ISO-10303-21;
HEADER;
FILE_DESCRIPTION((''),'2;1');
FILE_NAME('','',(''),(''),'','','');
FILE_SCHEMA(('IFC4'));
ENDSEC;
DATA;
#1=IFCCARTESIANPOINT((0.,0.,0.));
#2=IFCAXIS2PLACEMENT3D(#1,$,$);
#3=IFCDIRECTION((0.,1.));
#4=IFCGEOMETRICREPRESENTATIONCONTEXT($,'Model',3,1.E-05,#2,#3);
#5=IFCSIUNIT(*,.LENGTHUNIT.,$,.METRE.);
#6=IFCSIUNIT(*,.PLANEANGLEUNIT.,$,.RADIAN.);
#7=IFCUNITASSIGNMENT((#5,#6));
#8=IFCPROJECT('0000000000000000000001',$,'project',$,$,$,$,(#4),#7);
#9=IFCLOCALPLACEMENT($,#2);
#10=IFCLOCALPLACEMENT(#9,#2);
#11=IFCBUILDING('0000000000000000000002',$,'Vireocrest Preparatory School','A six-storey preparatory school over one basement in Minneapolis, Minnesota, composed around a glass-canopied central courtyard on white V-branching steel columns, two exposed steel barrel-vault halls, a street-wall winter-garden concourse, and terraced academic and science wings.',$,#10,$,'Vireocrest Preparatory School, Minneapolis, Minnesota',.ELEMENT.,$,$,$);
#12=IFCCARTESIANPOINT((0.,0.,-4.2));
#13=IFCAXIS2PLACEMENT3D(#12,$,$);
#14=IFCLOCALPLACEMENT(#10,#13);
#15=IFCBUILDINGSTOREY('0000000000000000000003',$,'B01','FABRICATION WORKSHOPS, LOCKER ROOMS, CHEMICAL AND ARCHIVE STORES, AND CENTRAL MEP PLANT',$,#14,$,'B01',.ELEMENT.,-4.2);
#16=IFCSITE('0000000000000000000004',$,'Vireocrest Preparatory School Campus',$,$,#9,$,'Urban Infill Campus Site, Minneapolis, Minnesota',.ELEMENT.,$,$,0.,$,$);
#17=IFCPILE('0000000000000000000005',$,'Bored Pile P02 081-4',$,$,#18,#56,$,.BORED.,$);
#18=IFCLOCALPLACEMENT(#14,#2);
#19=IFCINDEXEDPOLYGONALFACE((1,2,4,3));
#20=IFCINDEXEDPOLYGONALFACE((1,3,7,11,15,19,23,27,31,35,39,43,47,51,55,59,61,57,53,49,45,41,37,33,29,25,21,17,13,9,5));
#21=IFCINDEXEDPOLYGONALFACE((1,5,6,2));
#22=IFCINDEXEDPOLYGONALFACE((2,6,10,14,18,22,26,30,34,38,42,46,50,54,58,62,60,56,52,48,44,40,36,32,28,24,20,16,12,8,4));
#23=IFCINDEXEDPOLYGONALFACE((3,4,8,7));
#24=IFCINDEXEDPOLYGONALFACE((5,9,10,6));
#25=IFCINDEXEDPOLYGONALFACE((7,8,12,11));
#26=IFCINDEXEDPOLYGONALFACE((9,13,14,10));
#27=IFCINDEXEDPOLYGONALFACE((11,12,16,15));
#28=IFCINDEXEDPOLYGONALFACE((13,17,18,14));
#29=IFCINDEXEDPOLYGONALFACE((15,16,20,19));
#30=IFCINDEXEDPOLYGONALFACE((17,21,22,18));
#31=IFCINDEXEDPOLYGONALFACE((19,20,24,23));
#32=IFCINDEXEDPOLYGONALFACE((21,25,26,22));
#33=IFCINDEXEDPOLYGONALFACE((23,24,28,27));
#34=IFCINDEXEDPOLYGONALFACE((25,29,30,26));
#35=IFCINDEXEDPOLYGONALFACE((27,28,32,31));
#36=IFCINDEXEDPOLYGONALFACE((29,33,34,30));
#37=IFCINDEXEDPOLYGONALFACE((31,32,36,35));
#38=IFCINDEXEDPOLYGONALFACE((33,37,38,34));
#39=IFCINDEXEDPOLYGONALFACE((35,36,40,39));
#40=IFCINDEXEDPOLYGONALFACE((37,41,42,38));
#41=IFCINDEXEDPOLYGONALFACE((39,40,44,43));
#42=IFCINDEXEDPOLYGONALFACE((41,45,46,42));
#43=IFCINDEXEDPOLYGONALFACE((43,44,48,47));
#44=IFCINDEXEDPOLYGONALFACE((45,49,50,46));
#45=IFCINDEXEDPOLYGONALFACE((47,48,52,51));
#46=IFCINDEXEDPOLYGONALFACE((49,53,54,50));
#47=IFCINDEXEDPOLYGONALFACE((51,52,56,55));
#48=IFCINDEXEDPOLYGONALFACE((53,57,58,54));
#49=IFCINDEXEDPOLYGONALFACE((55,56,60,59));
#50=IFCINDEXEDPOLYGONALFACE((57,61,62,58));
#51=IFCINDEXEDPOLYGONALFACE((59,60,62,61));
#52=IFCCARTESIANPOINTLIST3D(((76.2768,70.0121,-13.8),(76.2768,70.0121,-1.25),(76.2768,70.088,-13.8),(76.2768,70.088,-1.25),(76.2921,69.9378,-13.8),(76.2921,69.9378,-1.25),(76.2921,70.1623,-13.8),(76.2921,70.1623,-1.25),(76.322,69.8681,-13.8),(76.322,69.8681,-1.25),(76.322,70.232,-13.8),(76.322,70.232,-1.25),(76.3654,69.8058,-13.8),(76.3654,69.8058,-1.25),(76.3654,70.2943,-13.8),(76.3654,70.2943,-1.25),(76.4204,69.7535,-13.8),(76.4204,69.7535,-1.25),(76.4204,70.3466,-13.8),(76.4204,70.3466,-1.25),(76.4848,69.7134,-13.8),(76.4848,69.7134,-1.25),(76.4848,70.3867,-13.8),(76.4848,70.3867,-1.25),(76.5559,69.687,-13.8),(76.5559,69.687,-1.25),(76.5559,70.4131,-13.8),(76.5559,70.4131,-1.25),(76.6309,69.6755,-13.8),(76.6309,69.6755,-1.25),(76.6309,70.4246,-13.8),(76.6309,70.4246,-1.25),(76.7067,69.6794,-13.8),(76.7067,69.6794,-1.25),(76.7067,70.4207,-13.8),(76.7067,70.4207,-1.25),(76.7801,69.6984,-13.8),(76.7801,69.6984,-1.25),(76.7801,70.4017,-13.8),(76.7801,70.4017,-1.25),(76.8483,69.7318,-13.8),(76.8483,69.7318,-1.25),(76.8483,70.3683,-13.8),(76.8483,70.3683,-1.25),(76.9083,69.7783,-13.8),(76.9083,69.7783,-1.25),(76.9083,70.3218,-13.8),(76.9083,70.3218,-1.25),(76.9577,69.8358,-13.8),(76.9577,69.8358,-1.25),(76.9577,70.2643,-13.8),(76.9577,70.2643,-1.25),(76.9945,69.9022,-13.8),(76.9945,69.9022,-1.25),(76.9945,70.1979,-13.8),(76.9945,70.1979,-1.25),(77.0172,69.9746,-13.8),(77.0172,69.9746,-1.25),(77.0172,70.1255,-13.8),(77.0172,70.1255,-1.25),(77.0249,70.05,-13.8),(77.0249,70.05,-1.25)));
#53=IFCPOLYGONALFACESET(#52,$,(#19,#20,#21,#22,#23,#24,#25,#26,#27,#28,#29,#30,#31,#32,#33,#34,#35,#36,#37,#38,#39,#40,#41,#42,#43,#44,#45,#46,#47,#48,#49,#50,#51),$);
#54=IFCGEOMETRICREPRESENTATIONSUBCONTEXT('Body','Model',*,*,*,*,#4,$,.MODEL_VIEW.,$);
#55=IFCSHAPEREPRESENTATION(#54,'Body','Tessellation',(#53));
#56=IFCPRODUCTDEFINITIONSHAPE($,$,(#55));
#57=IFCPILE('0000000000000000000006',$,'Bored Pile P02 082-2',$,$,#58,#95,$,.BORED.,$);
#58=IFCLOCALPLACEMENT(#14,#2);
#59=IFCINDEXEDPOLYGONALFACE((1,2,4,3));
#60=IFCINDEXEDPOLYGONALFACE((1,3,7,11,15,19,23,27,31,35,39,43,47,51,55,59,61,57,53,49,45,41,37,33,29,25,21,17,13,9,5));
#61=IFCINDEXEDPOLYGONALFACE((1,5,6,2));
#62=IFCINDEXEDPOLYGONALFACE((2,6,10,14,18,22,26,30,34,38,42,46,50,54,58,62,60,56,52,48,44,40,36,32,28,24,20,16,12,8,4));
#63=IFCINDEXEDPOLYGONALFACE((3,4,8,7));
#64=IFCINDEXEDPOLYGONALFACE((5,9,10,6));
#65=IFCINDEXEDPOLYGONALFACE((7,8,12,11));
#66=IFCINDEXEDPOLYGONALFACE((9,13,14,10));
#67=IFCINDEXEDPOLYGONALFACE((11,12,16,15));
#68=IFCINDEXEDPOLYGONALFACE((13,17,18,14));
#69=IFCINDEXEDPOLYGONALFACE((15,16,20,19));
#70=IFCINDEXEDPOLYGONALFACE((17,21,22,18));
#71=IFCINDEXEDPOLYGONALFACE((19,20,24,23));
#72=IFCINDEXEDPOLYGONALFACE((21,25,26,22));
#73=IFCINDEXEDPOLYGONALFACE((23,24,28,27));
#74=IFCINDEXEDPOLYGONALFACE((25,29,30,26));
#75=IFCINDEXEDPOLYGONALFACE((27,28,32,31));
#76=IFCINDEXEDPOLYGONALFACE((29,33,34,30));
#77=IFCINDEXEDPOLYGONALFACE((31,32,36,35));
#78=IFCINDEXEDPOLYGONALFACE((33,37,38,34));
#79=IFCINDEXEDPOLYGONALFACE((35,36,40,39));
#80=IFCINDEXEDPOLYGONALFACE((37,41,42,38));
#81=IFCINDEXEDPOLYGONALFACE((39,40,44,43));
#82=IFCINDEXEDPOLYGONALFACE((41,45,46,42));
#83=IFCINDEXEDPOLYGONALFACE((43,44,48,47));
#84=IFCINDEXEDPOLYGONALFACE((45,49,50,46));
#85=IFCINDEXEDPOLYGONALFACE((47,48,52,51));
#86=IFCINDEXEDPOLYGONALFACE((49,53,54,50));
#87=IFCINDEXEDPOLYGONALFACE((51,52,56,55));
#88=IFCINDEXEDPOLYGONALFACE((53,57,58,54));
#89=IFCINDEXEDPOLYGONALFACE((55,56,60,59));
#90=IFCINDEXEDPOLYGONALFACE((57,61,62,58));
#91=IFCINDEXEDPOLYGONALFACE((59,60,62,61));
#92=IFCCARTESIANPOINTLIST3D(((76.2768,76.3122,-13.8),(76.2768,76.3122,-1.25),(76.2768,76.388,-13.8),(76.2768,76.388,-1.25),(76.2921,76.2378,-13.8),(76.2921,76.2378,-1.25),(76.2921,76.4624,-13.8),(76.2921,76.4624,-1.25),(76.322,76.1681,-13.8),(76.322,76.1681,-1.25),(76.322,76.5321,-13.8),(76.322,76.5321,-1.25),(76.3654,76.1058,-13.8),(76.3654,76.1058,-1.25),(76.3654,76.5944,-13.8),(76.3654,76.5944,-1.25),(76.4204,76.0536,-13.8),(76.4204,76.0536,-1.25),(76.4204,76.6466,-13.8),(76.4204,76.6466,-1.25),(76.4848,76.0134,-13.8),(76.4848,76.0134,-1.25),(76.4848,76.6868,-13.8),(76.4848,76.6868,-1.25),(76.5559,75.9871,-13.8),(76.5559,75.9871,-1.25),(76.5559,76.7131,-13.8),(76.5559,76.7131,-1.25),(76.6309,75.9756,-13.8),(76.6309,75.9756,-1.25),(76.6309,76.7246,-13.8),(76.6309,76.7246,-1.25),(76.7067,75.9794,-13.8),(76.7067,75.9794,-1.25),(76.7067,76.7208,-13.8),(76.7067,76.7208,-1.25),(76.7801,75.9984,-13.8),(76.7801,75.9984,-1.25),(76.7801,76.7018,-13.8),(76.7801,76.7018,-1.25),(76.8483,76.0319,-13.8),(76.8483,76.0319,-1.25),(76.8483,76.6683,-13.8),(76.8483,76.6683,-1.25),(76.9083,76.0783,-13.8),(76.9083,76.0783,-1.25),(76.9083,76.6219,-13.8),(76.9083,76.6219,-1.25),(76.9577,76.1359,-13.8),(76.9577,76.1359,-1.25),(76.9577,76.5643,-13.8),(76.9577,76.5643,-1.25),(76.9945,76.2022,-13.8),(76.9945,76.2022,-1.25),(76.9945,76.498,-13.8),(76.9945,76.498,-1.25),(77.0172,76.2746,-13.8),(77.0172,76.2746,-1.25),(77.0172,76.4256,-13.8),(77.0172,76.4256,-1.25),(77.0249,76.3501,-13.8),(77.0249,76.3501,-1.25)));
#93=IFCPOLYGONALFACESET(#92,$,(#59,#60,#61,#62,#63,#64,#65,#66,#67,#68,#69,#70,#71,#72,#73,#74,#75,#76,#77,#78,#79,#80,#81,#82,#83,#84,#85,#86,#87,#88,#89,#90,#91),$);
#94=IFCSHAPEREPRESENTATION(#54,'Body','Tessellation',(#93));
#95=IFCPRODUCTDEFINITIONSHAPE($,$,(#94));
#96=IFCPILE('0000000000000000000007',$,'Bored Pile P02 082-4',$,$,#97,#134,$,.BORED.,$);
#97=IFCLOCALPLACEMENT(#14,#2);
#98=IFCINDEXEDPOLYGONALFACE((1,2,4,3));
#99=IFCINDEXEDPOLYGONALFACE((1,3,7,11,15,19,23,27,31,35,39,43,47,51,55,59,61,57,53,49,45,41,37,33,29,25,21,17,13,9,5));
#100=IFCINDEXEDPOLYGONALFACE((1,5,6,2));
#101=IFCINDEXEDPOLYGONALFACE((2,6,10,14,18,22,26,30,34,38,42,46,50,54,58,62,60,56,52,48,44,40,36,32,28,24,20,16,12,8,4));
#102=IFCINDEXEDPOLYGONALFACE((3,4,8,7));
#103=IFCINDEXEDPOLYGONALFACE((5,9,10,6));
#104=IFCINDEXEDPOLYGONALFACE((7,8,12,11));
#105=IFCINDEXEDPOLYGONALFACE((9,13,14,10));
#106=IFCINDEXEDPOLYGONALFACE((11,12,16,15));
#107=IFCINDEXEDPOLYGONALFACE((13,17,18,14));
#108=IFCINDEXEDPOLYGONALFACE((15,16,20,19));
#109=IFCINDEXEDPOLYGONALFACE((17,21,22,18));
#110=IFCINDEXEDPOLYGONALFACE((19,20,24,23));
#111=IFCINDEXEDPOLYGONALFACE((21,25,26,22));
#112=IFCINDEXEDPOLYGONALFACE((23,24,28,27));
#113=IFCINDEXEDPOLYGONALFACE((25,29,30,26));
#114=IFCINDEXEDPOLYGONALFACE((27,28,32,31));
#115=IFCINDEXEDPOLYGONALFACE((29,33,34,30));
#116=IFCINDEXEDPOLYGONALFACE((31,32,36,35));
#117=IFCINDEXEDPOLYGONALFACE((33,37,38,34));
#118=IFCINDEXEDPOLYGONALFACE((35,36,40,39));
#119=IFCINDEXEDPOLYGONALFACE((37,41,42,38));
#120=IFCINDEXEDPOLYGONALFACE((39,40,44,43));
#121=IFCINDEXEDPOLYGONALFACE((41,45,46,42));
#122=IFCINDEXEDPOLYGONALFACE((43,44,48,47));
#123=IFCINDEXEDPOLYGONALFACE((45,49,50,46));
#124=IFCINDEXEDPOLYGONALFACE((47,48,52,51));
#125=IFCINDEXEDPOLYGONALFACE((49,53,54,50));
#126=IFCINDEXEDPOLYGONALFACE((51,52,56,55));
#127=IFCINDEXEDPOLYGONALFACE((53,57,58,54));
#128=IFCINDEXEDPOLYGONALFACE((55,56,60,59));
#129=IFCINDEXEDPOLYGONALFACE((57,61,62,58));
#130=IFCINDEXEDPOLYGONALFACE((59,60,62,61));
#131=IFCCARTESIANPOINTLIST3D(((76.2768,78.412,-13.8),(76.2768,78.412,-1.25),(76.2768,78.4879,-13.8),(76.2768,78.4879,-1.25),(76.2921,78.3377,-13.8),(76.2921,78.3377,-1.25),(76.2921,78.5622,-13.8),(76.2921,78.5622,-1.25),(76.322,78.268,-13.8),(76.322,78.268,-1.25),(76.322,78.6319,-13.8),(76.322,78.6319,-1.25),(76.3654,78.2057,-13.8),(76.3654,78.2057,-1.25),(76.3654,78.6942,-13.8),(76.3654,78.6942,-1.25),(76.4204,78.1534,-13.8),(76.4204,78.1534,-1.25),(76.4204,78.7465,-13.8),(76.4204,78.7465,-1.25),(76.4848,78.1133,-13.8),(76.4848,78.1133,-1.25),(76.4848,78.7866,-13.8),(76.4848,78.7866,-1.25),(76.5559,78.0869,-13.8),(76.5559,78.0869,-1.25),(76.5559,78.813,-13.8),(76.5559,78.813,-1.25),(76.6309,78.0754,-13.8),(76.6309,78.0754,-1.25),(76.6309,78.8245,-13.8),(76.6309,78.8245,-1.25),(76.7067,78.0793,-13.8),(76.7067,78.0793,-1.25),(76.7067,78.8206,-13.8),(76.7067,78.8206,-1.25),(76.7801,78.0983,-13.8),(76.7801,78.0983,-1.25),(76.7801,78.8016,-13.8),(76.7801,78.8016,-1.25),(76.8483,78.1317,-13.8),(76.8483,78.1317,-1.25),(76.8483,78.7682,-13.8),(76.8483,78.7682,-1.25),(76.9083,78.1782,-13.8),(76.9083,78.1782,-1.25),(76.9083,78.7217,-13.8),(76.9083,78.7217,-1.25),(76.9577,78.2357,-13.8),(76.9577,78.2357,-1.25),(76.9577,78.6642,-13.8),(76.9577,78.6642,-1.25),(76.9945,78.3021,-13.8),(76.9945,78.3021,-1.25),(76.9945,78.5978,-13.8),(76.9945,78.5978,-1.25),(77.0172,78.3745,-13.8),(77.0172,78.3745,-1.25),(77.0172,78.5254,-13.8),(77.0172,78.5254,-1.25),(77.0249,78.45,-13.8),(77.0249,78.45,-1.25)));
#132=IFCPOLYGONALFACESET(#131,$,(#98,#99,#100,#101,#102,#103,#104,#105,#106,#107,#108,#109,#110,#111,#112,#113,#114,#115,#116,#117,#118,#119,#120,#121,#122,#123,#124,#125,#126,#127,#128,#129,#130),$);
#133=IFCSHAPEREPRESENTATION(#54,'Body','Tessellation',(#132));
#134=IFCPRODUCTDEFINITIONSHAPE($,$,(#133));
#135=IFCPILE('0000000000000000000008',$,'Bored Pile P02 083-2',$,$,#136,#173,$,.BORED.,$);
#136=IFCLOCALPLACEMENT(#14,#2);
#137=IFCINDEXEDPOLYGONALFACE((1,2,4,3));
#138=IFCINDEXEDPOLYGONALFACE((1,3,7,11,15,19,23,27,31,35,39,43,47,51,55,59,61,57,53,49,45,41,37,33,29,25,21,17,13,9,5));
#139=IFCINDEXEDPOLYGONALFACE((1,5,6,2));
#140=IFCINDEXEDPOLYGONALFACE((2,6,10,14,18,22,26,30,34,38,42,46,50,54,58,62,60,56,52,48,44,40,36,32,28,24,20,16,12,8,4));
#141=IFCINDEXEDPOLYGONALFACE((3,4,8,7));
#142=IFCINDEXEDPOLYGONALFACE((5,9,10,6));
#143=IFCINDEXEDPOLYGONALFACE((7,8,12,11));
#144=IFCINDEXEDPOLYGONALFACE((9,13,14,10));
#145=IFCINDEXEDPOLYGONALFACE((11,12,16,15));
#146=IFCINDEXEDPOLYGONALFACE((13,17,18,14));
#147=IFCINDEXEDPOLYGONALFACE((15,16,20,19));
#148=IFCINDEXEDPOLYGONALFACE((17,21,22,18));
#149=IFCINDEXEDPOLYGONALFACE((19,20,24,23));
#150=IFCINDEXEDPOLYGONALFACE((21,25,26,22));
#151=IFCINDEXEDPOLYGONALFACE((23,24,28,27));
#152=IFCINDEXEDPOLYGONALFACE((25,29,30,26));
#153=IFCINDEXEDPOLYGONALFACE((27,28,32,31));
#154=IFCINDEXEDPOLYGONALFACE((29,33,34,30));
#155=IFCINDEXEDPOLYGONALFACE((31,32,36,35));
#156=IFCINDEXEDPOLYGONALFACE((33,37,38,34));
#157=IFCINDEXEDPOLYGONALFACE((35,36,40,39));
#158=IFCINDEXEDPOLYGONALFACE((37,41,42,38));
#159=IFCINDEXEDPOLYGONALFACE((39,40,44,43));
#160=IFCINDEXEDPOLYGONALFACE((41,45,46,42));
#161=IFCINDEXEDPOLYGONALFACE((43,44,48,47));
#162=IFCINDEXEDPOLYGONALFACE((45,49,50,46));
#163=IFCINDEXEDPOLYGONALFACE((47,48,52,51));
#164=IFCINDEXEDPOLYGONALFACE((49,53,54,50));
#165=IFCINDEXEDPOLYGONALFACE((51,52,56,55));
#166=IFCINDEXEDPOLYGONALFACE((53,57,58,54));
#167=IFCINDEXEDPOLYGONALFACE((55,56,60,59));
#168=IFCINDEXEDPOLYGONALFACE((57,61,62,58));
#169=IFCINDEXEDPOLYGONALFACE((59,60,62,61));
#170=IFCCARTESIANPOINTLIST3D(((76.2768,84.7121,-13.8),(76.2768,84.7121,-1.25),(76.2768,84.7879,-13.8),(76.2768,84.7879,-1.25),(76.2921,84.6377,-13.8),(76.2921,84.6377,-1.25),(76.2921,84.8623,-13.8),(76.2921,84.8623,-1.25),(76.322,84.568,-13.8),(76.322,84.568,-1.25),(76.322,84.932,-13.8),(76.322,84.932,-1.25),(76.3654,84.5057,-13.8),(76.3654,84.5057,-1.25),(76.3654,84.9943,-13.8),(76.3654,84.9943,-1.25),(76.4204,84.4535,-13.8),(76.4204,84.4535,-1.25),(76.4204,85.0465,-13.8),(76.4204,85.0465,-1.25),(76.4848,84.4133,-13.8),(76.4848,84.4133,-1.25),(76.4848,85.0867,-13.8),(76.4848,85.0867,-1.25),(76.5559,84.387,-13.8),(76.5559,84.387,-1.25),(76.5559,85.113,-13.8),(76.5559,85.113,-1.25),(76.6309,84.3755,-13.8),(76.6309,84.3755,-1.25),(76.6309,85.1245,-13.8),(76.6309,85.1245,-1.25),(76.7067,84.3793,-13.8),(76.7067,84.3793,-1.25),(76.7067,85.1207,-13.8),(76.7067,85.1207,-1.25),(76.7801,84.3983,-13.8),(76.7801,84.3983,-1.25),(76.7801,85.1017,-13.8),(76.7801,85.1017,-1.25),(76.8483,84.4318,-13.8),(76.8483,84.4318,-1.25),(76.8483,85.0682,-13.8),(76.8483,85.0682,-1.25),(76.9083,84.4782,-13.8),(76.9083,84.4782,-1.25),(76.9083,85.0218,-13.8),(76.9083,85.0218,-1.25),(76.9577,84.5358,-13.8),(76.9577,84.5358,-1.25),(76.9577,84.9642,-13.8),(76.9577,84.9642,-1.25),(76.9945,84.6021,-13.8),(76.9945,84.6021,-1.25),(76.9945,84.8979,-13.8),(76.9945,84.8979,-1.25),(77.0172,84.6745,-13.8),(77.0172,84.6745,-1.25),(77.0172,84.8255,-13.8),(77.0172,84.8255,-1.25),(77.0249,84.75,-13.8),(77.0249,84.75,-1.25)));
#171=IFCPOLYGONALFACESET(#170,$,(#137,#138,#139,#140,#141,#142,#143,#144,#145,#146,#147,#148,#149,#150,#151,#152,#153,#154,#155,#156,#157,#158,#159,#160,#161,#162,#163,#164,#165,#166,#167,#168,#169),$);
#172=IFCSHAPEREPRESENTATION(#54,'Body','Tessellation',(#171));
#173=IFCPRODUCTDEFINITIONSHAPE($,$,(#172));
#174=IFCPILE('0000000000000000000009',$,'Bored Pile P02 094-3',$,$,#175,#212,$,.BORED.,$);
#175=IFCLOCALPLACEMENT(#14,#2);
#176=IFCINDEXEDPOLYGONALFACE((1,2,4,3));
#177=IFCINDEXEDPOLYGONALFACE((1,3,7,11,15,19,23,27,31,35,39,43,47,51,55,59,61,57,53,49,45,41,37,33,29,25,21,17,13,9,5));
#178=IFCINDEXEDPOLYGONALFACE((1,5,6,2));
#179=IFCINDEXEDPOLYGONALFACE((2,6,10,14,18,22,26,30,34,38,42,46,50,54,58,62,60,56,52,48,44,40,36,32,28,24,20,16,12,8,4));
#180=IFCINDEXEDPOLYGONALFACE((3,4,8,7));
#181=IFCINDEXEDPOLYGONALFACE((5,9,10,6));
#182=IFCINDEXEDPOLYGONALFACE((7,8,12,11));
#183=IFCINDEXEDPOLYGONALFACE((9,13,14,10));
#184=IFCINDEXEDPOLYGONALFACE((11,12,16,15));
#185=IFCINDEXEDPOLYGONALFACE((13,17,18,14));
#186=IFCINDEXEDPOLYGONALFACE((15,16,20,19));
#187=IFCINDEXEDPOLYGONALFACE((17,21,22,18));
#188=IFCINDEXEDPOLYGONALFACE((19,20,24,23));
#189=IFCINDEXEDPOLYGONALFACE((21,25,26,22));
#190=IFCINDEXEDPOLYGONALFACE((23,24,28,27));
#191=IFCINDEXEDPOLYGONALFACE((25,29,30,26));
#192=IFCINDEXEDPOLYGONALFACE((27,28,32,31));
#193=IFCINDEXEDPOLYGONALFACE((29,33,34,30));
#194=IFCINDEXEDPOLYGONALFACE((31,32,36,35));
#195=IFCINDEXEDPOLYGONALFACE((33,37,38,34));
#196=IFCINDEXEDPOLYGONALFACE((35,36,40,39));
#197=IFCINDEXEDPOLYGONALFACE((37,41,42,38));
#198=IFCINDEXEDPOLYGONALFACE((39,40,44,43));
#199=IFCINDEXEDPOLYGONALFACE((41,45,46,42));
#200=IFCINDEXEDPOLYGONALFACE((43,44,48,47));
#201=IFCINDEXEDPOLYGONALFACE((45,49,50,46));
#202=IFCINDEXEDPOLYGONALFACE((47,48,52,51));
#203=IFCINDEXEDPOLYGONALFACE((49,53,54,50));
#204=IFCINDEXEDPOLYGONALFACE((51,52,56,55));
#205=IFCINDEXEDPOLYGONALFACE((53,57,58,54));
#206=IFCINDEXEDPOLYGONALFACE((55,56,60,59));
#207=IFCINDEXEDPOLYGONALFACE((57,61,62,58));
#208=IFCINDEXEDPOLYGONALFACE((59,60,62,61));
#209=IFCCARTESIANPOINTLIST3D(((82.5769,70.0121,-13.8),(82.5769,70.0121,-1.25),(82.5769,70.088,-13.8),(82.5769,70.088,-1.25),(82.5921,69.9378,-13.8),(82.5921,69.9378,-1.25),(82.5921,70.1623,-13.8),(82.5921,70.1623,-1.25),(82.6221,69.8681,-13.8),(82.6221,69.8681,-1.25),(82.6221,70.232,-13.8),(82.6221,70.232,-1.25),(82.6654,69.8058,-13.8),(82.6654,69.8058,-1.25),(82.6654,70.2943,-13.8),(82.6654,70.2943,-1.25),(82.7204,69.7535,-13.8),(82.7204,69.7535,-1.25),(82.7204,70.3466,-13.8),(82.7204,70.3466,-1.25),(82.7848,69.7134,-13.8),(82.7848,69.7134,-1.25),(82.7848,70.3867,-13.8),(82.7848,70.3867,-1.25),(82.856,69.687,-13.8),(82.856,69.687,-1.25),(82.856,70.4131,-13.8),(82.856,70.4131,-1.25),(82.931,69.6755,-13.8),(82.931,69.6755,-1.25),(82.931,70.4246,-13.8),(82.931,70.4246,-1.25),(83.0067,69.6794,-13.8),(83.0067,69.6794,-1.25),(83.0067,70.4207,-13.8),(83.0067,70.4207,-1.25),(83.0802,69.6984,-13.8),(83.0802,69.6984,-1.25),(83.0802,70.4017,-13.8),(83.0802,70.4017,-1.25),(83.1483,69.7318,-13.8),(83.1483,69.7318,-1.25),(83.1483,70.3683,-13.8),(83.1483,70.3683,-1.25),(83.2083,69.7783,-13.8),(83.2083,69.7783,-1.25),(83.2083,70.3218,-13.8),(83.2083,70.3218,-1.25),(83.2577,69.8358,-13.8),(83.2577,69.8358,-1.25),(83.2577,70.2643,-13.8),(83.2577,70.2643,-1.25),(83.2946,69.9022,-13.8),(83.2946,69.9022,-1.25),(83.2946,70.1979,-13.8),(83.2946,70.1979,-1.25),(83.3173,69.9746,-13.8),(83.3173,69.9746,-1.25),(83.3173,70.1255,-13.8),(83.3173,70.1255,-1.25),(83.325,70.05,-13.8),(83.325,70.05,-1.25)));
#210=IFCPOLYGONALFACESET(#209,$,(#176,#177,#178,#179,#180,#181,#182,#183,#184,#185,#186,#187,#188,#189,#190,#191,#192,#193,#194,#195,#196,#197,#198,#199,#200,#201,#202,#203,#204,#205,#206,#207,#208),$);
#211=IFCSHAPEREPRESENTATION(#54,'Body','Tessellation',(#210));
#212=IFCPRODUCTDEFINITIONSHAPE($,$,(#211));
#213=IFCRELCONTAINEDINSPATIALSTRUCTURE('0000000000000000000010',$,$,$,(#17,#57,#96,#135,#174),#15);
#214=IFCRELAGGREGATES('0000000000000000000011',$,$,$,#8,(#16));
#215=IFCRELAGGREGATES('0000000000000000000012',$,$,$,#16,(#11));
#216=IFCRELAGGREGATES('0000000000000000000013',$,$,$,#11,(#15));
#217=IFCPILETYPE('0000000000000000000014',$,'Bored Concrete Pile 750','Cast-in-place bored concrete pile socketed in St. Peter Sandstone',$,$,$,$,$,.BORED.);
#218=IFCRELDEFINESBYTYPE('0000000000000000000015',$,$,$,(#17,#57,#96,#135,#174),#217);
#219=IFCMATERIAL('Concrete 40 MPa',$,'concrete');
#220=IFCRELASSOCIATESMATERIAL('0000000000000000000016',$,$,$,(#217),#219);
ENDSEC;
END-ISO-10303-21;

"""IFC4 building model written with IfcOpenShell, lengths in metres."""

from ifc_helpers import new_model, si_unit, direction, frame, origin, origin_2d, place, context, subcontext, project, spatial, circle, extrude, material, material_profile, profile_set, type_object, element, save


model = new_model("IFC4")

# Units and contexts
model_context = context("Model", 3, precision=1e-05, world=origin(), true_north=direction((0.0, 1.0)))
body_context = subcontext(model_context, "Body", "Model", "MODEL_VIEW")
ifc_project = project(units=[si_unit("LENGTHUNIT", "METRE"), si_unit("PLANEANGLEUNIT", "RADIAN")], contexts=[model_context])

# Site, building, storey
site_placement = place(None, origin())
site = spatial("IfcSite", under=ifc_project, at=site_placement, Name="Vireocrest Preparatory School Campus", LongName="Urban Infill Campus Site, Minneapolis, Minnesota", CompositionType="ELEMENT", RefElevation=0.0)
building_placement = place(site_placement, origin())
building = spatial("IfcBuilding", under=site, at=building_placement, Name="Vireocrest Preparatory School", Description="A six-storey preparatory school over one basement in Minneapolis, Minnesota, composed around a glass-canopied central courtyard on white V-branching steel columns, two exposed steel barrel-vault halls, a street-wall winter-garden concourse, and terraced academic and science wings.", LongName="Vireocrest Preparatory School, Minneapolis, Minnesota", CompositionType="ELEMENT")
storey_placement = place(building_placement, frame((0.0, 0.0, -4.2)))
storey = spatial("IfcBuildingStorey", under=building, at=storey_placement, Name="B01", Description="FABRICATION WORKSHOPS, LOCKER ROOMS, CHEMICAL AND ARCHIVE STORES, AND CENTRAL MEP PLANT", LongName="B01", CompositionType="ELEMENT", Elevation=-4.2)

# Piles
ifc_material_1 = material(Name="Concrete 40 MPa", Category="concrete")
ifc_material_profile_1 = material_profile(ifc_material_1, circle(Radius=0.375, at=origin_2d()), Name="BORED PILE 750")
ifc_profile_set_1 = profile_set([ifc_material_profile_1], Name="Concrete 40 MPa")
pile_type = type_object("IfcPileType", Name="Bored Concrete Pile 750", Description="Cast-in-place bored concrete pile socketed in St. Peter Sandstone", PredefinedType="BORED", material=ifc_profile_set_1)
for number, where, z_axis, x_axis, name in (
    (1, (76.6499, 70.05, -1.25), (0.0, 0.0, -1.0), (1.0, 0.0, 0.0), "Bored Pile P02 081-4"),
    (2, (76.6499, 76.3501, -1.25), (0.0, 0.0, -1.0), (1.0, 0.0, 0.0), "Bored Pile P02 082-2"),
    (3, (76.6499, 78.45, -1.25), (0.0, 0.0, -1.0), (1.0, 0.0, 0.0), "Bored Pile P02 082-4"),
    (4, (76.6499, 84.75, -1.25), (0.0, 0.0, -1.0), (1.0, 0.0, 0.0), "Bored Pile P02 083-2"),
    (5, (82.95, 70.05, -1.25), (0.0, 0.0, -1.0), (1.0, 0.0, 0.0), "Bored Pile P02 094-3"),
):
    element("IfcPile", number, at=place(storey_placement, frame(where, z_axis=z_axis, x_axis=x_axis)), inside=storey, type_object=pile_type, Name=name, PredefinedType="BORED", context=body_context, shape_type="SweptSolid", body=[
        extrude(circle(Radius=0.375, at=origin_2d()), origin(), (0.0, 0.0, 1.0), 12.55),
    ])

save(model, "model.ifc")
